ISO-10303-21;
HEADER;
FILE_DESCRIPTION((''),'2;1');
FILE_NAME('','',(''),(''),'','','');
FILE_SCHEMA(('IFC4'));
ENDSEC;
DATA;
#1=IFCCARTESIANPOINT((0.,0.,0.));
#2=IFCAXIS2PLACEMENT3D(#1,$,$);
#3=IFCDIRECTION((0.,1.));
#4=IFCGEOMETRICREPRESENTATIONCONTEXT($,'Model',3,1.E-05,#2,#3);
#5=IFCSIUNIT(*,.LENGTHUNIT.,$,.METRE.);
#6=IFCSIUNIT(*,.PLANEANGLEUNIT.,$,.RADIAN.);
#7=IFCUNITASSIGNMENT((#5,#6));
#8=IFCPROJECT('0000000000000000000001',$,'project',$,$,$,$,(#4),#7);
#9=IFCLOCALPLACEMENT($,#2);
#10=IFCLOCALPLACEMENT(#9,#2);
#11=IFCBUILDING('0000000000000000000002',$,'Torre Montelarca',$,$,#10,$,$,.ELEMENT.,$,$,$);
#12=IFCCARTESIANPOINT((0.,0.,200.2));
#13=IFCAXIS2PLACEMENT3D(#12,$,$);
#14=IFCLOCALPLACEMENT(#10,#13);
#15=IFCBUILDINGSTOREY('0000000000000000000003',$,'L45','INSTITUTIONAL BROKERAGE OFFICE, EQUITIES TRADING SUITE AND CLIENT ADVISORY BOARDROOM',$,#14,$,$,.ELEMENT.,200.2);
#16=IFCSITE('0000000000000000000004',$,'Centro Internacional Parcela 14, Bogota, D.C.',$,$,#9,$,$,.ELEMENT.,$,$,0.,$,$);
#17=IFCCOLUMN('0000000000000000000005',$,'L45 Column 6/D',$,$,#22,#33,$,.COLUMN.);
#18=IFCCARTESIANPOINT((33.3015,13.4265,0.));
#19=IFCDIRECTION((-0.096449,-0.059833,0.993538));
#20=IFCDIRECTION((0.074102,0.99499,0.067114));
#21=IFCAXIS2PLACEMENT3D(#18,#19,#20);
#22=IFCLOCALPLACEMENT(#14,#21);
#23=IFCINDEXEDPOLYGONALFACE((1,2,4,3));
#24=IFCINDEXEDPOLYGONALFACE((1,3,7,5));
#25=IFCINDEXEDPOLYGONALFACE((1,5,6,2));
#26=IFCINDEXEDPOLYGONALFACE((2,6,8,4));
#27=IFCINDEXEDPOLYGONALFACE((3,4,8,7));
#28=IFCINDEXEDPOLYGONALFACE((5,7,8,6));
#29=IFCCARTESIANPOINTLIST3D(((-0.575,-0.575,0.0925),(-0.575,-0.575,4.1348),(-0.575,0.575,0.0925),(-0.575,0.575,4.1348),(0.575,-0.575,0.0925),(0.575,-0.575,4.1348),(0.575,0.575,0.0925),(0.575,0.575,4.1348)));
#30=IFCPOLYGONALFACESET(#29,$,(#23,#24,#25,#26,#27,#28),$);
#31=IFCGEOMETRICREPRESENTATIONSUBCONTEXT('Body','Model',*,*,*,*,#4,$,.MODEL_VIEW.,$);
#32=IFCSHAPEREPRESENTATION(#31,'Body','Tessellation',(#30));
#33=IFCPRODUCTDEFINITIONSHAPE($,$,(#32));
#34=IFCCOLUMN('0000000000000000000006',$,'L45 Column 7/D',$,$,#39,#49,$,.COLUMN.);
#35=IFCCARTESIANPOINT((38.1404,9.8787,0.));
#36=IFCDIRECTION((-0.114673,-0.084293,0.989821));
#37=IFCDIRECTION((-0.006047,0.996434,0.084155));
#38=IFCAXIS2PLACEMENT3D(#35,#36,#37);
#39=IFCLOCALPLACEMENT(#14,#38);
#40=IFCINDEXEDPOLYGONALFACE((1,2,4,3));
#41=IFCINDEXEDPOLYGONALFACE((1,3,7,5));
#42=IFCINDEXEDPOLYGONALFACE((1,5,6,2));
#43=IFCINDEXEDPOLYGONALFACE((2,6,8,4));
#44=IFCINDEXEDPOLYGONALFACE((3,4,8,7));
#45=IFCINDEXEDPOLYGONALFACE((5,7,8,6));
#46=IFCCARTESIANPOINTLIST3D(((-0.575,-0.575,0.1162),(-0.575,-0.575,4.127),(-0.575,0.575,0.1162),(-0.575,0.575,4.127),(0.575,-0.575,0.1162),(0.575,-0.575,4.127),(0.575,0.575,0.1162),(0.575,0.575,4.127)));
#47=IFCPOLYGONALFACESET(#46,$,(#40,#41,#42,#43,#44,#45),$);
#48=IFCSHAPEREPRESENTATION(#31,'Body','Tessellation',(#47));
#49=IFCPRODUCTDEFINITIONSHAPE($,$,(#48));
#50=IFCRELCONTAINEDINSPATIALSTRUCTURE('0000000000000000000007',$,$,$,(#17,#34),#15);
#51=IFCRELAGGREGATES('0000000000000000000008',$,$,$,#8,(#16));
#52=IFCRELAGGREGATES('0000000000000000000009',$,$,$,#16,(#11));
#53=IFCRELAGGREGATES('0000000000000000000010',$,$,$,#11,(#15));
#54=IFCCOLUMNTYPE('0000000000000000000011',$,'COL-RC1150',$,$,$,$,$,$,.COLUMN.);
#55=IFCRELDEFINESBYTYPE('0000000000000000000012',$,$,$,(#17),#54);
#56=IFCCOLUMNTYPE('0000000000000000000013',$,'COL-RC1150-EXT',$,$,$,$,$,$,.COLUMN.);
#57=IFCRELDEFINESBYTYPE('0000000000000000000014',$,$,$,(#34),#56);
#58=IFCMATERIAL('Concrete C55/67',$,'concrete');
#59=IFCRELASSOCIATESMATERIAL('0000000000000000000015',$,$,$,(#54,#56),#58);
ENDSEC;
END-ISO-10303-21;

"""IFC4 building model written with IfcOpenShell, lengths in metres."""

from ifc_helpers import new_model, si_unit, direction, frame, origin, origin_2d, place, context, subcontext, project, spatial, rectangle, extrude, clip, halfspace, material, material_profile, profile_set, type_object, element, save


model = new_model("IFC4")

# Units and contexts
model_context = context("Model", 3, precision=1e-05, world=origin(), true_north=direction((0.0, 1.0)))
body_context = subcontext(model_context, "Body", "Model", "MODEL_VIEW")
ifc_project = project(units=[si_unit("LENGTHUNIT", "METRE"), si_unit("PLANEANGLEUNIT", "RADIAN")], contexts=[model_context])

# Site, building, storey
site_placement = place(None, origin())
site = spatial("IfcSite", under=ifc_project, at=site_placement, Name="Centro Internacional Parcela 14, Bogota, D.C.", CompositionType="ELEMENT", RefElevation=0.0)
building_placement = place(site_placement, origin())
building = spatial("IfcBuilding", under=site, at=building_placement, Name="Torre Montelarca", CompositionType="ELEMENT")
storey_placement = place(building_placement, frame((0.0, 0.0, 200.2)))
storey = spatial("IfcBuildingStorey", under=building, at=storey_placement, Name="L45", Description="INSTITUTIONAL BROKERAGE OFFICE, EQUITIES TRADING SUITE AND CLIENT ADVISORY BOARDROOM", CompositionType="ELEMENT", Elevation=200.2)

# Columns
ifc_material_1 = material(Name="Concrete C55/67", Category="concrete")
ifc_material_profile_1 = material_profile(ifc_material_1, rectangle(XDim=1.1499, YDim=1.1499, at=origin_2d()), Name="RC1150X1150", Category="concrete")
ifc_profile_set_1 = profile_set([ifc_material_profile_1], Name="Concrete C55/67")
column_type_1 = type_object("IfcColumnType", Name="COL-RC1150", PredefinedType="COLUMN", material=ifc_profile_set_1)
column_1_placement = place(storey_placement, frame((33.3015, 13.4265, 0.0), z_axis=(-0.096449, -0.059833, 0.993538), x_axis=(0.074102, 0.99499, 0.067114)))
element("IfcColumn", 1, at=column_1_placement, inside=storey, type_object=column_type_1, Name="L45 Column 6/D", PredefinedType="COLUMN", context=body_context, shape_type="Clipping", body=[
    clip(clip(extrude(rectangle(XDim=1.1499, YDim=1.1499, at=origin_2d()), origin(), (0.0, 0.0, 1.0), 4.2273), halfspace(frame((0.0, 0.0, 0.0925), z_axis=(0.0, 0.0, -1.0), x_axis=(1.0, 0.0, 0.0)), False)), halfspace(frame((0.0, 0.0, 4.1348), z_axis=(0.0, 0.0, 1.0), x_axis=(1.0, 0.0, 0.0)), False)),
])
ifc_material_profile_2 = material_profile(ifc_material_1, rectangle(XDim=1.1499, YDim=1.1499, at=origin_2d()), Name="RC1150X1150", Category="concrete")
ifc_profile_set_2 = profile_set([ifc_material_profile_2], Name="Concrete C55/67")
column_type_2 = type_object("IfcColumnType", Name="COL-RC1150-EXT", PredefinedType="COLUMN", material=ifc_profile_set_2)
column_2_placement = place(storey_placement, frame((38.1404, 9.8787, 0.0), z_axis=(-0.114673, -0.084293, 0.989821), x_axis=(-0.006047, 0.996434, 0.084155)))
element("IfcColumn", 2, at=column_2_placement, inside=storey, type_object=column_type_2, Name="L45 Column 7/D", PredefinedType="COLUMN", context=body_context, shape_type="Clipping", body=[
    clip(clip(extrude(rectangle(XDim=1.1499, YDim=1.1499, at=origin_2d()), origin(), (0.0, 0.0, 1.0), 4.2432), halfspace(frame((0.0, 0.0, 0.1162), z_axis=(0.0, 0.0, -1.0), x_axis=(1.0, 0.0, 0.0)), False)), halfspace(frame((0.0, 0.0, 4.127), z_axis=(0.0, 0.0, 1.0), x_axis=(1.0, 0.0, 0.0)), False)),
])

save(model, "model.ifc")
